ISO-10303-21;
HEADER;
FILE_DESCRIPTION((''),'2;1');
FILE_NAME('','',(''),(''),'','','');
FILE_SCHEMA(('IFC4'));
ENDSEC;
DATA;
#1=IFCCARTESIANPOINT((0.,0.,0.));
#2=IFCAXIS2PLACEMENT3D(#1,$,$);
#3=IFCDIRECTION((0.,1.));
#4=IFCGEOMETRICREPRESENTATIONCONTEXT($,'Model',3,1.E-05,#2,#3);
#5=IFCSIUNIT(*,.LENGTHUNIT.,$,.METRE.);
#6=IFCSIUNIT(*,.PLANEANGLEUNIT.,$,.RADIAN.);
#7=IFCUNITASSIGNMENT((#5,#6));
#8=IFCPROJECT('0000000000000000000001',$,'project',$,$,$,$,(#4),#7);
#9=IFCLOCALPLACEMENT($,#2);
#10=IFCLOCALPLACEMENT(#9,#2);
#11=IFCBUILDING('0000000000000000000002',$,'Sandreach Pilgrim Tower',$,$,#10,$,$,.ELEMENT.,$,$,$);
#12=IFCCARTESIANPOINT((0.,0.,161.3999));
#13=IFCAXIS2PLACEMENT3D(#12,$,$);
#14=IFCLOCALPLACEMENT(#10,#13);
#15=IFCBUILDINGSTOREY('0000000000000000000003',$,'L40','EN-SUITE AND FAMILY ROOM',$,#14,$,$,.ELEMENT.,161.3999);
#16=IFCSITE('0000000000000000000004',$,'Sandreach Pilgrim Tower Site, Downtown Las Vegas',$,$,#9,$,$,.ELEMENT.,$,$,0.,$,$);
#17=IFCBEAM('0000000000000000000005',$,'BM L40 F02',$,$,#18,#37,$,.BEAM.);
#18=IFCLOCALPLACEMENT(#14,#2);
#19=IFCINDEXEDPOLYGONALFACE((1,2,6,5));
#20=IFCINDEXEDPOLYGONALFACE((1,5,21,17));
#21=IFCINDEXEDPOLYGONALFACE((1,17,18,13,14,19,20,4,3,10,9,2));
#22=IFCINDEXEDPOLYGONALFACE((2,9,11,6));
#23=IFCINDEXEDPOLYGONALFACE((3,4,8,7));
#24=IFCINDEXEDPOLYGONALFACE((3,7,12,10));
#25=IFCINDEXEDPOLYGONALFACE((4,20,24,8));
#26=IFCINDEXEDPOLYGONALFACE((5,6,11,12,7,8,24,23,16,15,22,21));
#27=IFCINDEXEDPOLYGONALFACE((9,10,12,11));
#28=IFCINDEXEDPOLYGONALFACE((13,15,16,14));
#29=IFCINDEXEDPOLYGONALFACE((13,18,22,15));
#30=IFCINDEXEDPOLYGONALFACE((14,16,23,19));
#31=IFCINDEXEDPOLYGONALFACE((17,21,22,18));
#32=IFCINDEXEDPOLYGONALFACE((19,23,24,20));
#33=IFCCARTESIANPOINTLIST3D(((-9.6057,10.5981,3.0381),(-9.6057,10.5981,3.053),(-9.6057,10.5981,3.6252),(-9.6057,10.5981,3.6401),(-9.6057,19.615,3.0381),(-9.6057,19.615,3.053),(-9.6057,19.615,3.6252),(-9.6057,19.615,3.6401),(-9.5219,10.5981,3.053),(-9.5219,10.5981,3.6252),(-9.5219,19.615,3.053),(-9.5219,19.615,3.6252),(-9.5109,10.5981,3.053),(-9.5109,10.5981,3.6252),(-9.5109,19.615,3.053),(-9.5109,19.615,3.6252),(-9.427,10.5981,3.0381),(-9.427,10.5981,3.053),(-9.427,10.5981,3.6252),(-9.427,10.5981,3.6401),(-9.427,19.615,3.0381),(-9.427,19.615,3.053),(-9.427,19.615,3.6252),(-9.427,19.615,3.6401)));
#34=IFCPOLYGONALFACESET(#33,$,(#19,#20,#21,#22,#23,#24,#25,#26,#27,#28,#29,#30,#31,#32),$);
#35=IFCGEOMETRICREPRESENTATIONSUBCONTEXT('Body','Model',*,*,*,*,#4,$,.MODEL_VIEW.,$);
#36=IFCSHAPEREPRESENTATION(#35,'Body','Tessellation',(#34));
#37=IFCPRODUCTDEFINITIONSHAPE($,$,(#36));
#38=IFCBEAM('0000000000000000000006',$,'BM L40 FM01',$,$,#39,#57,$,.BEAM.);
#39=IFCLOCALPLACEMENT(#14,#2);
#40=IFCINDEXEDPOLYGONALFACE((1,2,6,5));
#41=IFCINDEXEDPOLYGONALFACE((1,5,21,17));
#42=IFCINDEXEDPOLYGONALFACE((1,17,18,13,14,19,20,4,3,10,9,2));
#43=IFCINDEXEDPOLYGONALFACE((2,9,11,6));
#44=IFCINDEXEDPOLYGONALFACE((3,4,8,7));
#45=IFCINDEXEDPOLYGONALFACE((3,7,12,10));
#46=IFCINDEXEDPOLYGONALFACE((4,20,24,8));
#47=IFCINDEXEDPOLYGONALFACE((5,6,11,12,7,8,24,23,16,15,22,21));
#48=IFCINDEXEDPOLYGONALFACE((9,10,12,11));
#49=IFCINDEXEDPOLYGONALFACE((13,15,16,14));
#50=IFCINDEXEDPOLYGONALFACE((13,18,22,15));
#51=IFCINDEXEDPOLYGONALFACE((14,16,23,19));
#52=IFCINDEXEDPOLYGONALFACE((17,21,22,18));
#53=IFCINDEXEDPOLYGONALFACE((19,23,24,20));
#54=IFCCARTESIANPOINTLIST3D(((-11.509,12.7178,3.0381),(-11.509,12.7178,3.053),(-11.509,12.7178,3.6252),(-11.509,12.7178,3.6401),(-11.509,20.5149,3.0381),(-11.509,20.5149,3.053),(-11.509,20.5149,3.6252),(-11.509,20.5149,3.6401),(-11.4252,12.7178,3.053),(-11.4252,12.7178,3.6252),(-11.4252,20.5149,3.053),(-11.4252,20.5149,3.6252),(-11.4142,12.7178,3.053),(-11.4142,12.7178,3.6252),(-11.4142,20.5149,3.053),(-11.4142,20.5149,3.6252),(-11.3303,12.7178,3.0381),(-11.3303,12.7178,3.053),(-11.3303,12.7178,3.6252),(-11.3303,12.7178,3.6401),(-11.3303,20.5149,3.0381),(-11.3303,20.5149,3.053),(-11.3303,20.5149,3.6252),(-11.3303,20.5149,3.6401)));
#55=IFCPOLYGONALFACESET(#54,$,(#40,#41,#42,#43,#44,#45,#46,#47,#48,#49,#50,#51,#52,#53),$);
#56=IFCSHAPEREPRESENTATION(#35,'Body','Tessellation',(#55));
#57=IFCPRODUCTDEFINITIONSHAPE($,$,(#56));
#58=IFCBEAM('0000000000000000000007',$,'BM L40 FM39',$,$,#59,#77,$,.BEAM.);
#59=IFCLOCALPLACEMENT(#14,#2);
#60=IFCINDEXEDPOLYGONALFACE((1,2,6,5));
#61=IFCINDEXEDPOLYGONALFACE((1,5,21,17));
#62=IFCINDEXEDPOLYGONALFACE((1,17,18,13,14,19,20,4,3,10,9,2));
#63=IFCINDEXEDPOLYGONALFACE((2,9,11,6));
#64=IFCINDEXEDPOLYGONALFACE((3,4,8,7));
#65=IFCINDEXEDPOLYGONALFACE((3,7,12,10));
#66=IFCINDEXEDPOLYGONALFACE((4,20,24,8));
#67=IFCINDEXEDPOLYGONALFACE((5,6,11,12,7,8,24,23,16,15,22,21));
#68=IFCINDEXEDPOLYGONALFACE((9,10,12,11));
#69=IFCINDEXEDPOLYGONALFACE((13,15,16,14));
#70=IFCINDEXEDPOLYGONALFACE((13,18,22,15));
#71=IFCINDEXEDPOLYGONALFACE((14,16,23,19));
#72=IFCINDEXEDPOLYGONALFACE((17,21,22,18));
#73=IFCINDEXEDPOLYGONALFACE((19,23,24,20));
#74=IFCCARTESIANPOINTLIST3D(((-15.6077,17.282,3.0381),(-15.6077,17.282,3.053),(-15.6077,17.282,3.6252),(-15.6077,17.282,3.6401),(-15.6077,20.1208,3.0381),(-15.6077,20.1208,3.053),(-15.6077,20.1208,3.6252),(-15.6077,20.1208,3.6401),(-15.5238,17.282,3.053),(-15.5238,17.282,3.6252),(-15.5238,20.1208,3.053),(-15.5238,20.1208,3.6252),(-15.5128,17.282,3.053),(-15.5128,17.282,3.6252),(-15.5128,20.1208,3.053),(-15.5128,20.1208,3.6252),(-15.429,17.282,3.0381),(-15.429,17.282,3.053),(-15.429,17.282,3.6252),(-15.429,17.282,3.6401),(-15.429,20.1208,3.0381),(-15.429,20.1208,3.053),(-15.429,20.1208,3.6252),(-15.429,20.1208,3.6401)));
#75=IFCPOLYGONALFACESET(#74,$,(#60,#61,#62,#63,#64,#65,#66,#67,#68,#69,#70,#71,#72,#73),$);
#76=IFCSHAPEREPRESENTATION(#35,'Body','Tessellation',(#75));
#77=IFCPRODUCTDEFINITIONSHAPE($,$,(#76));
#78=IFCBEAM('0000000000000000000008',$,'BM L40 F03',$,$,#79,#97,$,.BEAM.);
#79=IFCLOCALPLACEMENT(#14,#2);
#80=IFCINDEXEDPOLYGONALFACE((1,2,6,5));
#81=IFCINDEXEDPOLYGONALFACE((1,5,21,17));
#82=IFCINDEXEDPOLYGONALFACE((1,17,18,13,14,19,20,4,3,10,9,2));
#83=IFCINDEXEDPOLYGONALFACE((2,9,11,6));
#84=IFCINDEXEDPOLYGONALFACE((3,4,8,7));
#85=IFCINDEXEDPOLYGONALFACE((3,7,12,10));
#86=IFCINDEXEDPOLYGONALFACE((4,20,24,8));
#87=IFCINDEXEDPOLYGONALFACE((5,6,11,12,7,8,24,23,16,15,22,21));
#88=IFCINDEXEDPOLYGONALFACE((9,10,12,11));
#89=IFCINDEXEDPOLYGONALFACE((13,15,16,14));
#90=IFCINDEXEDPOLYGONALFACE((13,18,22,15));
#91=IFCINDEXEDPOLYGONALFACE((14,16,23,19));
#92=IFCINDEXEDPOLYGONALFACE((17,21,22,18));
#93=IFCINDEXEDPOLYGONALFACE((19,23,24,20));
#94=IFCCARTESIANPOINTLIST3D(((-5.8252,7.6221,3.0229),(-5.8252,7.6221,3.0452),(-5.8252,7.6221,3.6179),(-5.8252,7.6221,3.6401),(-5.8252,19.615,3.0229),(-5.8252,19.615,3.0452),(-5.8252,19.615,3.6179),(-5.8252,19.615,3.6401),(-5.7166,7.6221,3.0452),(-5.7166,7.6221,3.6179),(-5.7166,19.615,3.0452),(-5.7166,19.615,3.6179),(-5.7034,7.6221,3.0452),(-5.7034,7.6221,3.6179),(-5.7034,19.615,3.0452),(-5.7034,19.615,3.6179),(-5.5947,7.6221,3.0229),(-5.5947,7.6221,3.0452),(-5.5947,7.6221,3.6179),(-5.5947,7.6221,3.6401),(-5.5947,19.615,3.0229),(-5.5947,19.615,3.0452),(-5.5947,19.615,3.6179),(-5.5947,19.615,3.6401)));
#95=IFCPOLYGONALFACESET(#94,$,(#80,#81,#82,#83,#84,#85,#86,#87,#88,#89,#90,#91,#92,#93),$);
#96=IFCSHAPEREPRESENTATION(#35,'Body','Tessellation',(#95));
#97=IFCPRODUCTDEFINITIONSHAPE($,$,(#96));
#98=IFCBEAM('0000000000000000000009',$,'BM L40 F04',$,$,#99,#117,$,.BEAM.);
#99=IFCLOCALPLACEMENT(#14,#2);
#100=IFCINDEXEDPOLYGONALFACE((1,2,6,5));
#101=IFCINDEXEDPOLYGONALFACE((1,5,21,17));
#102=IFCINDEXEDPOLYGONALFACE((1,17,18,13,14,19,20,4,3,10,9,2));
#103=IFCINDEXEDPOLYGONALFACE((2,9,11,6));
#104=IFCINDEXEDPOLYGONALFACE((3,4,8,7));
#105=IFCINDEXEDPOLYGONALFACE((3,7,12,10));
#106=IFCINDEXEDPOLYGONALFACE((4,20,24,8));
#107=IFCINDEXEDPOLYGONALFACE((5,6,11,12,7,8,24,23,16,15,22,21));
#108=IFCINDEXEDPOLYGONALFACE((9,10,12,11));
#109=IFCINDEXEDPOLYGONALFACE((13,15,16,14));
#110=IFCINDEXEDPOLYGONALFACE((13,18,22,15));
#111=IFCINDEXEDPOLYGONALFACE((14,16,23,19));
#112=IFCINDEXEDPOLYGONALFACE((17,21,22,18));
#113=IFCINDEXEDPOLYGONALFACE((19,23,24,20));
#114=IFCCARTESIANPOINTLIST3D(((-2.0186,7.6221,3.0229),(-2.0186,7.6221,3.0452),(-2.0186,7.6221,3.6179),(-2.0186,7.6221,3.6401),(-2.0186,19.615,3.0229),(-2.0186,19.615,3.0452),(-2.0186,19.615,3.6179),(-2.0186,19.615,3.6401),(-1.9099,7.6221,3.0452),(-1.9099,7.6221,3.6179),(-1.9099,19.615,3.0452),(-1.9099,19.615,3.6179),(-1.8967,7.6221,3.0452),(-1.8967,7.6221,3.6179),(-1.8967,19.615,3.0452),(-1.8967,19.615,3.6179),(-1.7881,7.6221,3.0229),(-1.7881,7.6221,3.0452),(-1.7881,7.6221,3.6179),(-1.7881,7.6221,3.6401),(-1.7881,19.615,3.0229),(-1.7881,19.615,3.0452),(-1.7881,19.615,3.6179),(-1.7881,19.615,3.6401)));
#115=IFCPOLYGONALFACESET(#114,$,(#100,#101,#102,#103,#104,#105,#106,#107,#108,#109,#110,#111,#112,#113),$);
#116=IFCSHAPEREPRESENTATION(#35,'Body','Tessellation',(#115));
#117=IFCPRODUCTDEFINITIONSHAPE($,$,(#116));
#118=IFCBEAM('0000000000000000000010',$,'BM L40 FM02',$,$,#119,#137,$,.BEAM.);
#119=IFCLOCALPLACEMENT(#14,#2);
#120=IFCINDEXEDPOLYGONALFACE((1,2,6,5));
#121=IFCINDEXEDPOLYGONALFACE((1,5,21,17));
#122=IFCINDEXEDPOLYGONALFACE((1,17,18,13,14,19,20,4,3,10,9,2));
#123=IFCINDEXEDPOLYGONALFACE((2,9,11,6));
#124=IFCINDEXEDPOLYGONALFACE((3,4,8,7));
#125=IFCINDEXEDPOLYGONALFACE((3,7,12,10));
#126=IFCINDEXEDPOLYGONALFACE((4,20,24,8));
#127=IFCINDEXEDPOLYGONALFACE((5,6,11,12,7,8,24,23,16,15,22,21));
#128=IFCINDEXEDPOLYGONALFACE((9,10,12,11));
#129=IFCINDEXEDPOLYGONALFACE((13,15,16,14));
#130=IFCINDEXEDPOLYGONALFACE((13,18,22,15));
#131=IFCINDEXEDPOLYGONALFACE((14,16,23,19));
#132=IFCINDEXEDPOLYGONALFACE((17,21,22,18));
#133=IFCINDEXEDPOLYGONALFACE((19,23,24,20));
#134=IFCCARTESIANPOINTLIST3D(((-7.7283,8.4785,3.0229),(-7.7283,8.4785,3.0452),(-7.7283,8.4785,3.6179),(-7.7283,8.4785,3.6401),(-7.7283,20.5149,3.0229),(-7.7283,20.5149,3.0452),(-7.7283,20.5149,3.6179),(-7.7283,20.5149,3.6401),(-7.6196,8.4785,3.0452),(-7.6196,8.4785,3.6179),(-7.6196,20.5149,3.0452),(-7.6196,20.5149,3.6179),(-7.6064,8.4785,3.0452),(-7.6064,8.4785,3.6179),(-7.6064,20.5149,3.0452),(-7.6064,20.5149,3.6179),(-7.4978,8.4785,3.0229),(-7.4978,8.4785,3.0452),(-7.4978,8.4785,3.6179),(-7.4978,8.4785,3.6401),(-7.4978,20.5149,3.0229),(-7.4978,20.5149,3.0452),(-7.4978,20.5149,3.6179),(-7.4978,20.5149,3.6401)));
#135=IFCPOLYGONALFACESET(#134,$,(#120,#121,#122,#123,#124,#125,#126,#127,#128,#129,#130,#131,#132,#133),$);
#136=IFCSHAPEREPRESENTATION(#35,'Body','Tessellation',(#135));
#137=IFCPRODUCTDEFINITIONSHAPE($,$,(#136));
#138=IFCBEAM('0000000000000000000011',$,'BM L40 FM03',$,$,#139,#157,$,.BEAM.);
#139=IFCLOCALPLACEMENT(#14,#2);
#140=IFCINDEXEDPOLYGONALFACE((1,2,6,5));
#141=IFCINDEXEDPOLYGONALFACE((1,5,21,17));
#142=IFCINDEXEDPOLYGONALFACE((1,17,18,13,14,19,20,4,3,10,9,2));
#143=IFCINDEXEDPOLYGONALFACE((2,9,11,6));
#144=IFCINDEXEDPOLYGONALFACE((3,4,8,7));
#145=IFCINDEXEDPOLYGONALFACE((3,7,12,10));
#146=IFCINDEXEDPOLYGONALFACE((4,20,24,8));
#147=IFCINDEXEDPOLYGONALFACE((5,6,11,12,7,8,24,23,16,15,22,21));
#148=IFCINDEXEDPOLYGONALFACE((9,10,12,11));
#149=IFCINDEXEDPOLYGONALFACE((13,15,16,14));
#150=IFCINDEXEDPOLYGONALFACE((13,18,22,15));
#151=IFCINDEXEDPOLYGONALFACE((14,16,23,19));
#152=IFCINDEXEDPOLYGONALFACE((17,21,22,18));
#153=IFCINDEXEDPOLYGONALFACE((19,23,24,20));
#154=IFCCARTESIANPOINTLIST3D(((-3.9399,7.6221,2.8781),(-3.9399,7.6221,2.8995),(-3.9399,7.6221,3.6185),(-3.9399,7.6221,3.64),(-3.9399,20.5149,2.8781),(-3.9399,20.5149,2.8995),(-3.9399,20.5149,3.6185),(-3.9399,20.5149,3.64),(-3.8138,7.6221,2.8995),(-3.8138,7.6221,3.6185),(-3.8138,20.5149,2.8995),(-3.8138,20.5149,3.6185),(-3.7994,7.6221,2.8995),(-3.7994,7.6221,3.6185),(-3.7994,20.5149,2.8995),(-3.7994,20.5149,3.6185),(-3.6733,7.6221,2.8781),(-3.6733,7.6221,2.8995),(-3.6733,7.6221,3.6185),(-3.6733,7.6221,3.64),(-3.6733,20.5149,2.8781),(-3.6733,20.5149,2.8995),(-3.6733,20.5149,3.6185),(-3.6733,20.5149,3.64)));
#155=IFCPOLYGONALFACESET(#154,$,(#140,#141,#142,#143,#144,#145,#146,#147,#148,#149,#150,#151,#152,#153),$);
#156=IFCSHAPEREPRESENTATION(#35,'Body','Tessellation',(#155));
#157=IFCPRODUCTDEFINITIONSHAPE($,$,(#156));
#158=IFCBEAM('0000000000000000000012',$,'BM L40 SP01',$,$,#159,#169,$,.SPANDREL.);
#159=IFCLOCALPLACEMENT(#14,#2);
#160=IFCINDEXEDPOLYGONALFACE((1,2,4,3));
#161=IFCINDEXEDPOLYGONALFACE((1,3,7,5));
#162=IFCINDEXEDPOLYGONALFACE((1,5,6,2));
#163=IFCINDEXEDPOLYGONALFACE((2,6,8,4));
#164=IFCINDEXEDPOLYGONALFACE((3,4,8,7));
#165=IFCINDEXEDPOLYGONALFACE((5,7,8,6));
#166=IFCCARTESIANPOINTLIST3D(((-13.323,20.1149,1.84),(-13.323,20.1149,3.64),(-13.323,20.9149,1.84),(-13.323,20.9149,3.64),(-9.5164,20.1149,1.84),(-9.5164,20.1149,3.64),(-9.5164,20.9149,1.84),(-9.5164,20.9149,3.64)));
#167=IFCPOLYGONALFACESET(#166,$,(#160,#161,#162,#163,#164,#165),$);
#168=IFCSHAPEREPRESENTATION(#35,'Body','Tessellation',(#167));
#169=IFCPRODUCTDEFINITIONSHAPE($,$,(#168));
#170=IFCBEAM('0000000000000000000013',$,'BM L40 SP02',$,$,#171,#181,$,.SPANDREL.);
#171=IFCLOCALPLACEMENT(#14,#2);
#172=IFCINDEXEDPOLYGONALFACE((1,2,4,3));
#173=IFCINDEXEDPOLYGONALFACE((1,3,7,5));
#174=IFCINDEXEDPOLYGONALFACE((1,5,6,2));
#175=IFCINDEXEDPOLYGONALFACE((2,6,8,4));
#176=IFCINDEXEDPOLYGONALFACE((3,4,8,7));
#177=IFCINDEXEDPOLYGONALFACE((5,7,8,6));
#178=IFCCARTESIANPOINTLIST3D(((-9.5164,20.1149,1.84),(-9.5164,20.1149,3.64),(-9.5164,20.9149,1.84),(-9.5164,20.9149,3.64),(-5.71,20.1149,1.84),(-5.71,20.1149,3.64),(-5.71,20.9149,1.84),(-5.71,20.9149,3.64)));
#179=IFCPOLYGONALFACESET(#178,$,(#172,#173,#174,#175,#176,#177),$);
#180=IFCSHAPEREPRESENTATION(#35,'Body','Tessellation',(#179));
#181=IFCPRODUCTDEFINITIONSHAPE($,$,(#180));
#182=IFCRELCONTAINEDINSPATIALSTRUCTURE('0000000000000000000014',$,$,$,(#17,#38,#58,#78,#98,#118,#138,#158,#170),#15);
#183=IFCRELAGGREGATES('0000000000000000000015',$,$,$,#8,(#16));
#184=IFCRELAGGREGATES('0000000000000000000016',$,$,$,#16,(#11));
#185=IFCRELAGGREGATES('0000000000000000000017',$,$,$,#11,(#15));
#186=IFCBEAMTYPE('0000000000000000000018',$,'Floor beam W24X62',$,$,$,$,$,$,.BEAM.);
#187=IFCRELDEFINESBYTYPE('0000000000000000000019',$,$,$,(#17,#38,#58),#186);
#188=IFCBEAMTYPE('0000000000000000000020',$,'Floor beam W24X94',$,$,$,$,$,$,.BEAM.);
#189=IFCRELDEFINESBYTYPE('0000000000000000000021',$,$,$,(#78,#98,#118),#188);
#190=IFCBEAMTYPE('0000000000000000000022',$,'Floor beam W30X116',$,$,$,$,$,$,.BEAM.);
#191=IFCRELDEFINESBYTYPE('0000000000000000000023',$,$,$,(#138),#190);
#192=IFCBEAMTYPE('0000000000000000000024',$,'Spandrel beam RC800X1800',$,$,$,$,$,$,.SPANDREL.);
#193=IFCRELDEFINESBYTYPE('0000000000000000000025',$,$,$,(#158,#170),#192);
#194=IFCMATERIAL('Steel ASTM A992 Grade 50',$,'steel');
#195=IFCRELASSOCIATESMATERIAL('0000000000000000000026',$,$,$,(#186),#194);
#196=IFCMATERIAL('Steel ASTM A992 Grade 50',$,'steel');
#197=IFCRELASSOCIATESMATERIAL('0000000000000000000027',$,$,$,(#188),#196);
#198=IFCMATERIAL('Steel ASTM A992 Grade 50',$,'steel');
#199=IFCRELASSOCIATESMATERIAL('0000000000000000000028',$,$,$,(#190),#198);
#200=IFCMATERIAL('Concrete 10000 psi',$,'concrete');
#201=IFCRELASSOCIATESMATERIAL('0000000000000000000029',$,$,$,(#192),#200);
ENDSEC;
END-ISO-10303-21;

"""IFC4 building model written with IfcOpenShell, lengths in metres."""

from ifc_helpers import new_model, si_unit, direction, frame, origin, origin_2d, place, context, subcontext, project, spatial, rectangle, i_section, extrude, material, material_profile, profile_set, type_object, element, save


model = new_model("IFC4")

# Units and contexts
model_context = context("Model", 3, precision=1e-05, world=origin(), true_north=direction((0.0, 1.0)))
body_context = subcontext(model_context, "Body", "Model", "MODEL_VIEW")
ifc_project = project(units=[si_unit("LENGTHUNIT", "METRE"), si_unit("PLANEANGLEUNIT", "RADIAN")], contexts=[model_context])

# Site, building, storey
site_placement = place(None, origin())
site = spatial("IfcSite", under=ifc_project, at=site_placement, Name="Sandreach Pilgrim Tower Site, Downtown Las Vegas", CompositionType="ELEMENT", RefElevation=0.0)
building_placement = place(site_placement, origin())
building = spatial("IfcBuilding", under=site, at=building_placement, Name="Sandreach Pilgrim Tower", CompositionType="ELEMENT")
storey_placement = place(building_placement, frame((0.0, 0.0, 161.3999)))
storey = spatial("IfcBuildingStorey", under=building, at=storey_placement, Name="L40", Description="EN-SUITE AND FAMILY ROOM", CompositionType="ELEMENT", Elevation=161.3999)

# Beams
ifc_material_1 = material(Name="Steel ASTM A992 Grade 50", Category="steel")
ifc_material_profile_1 = material_profile(ifc_material_1, i_section(OverallWidth=0.1787, OverallDepth=0.6021, WebThickness=0.011, FlangeThickness=0.0149, at=origin_2d()), Name="W24X62")
ifc_profile_set_1 = profile_set([ifc_material_profile_1], Name="Steel ASTM A992 Grade 50")
beam_type_1 = type_object("IfcBeamType", Name="Floor beam W24X62", PredefinedType="BEAM", material=ifc_profile_set_1)
beam_1_placement = place(storey_placement, frame((-9.5164, 19.615, 3.3391), z_axis=(0.0, -1.0, 0.0), x_axis=(1.0, 0.0, 0.0)))
element("IfcBeam", 1, at=beam_1_placement, inside=storey, type_object=beam_type_1, Name="BM L40 F02", PredefinedType="BEAM", context=body_context, shape_type="SweptSolid", body=[
    extrude(i_section(OverallWidth=0.1787, OverallDepth=0.6021, WebThickness=0.011, FlangeThickness=0.0149, at=origin_2d()), origin(), (0.0, 0.0, 1.0), 9.0168),
])
beam_2_placement = place(storey_placement, frame((-11.4197, 20.5149, 3.3391), z_axis=(0.0, -1.0, 0.0), x_axis=(1.0, 0.0, 0.0)))
element("IfcBeam", 2, at=beam_2_placement, inside=storey, type_object=beam_type_1, Name="BM L40 FM01", PredefinedType="BEAM", context=body_context, shape_type="SweptSolid", body=[
    extrude(i_section(OverallWidth=0.1787, OverallDepth=0.6021, WebThickness=0.011, FlangeThickness=0.0149, at=origin_2d()), origin(), (0.0, 0.0, 1.0), 7.7971),
])
beam_3_placement = place(storey_placement, frame((-15.5183, 20.1208, 3.3391), z_axis=(0.0, -1.0, 0.0), x_axis=(1.0, 0.0, 0.0)))
element("IfcBeam", 3, at=beam_3_placement, inside=storey, type_object=beam_type_1, Name="BM L40 FM39", PredefinedType="BEAM", context=body_context, shape_type="SweptSolid", body=[
    extrude(i_section(OverallWidth=0.1787, OverallDepth=0.6021, WebThickness=0.011, FlangeThickness=0.0149, at=origin_2d()), origin(), (0.0, 0.0, 1.0), 2.8389),
])
ifc_material_2 = material(Name="Steel ASTM A992 Grade 50", Category="steel")
ifc_material_profile_2 = material_profile(ifc_material_2, i_section(OverallWidth=0.2305, OverallDepth=0.6172, WebThickness=0.0132, FlangeThickness=0.0222, at=origin_2d()), Name="W24X94")
ifc_profile_set_2 = profile_set([ifc_material_profile_2], Name="Steel ASTM A992 Grade 50")
beam_type_2 = type_object("IfcBeamType", Name="Floor beam W24X94", PredefinedType="BEAM", material=ifc_profile_set_2)
for number, where, z_axis, x_axis, name in (
    (4, (-5.71, 19.615, 3.3315), (0.0, -1.0, 0.0), (1.0, 0.0, 0.0), "BM L40 F03"),
    (5, (-1.9033, 19.615, 3.3315), (0.0, -1.0, 0.0), (1.0, 0.0, 0.0), "BM L40 F04"),
):
    element("IfcBeam", number, at=place(storey_placement, frame(where, z_axis=z_axis, x_axis=x_axis)), inside=storey, type_object=beam_type_2, Name=name, PredefinedType="BEAM", context=body_context, shape_type="SweptSolid", body=[
        extrude(i_section(OverallWidth=0.2305, OverallDepth=0.6172, WebThickness=0.0132, FlangeThickness=0.0222, at=origin_2d()), origin(), (0.0, 0.0, 1.0), 11.9929),
    ])
beam_4_placement = place(storey_placement, frame((-7.613, 20.5149, 3.3315), z_axis=(0.0, -1.0, 0.0), x_axis=(1.0, 0.0, 0.0)))
element("IfcBeam", 6, at=beam_4_placement, inside=storey, type_object=beam_type_2, Name="BM L40 FM02", PredefinedType="BEAM", context=body_context, shape_type="SweptSolid", body=[
    extrude(i_section(OverallWidth=0.2305, OverallDepth=0.6172, WebThickness=0.0132, FlangeThickness=0.0222, at=origin_2d()), origin(), (0.0, 0.0, 1.0), 12.0364),
])
ifc_material_3 = material(Name="Steel ASTM A992 Grade 50", Category="steel")
ifc_material_profile_3 = material_profile(ifc_material_3, i_section(OverallWidth=0.2666, OverallDepth=0.762, WebThickness=0.0144, FlangeThickness=0.0215, at=origin_2d()), Name="W30X116")
ifc_profile_set_3 = profile_set([ifc_material_profile_3], Name="Steel ASTM A992 Grade 50")
beam_type_3 = type_object("IfcBeamType", Name="Floor beam W30X116", PredefinedType="BEAM", material=ifc_profile_set_3)
beam_5_placement = place(storey_placement, frame((-3.8066, 20.5149, 3.259), z_axis=(0.0, -1.0, 0.0), x_axis=(1.0, 0.0, 0.0)))
element("IfcBeam", 7, at=beam_5_placement, inside=storey, type_object=beam_type_3, Name="BM L40 FM03", PredefinedType="BEAM", context=body_context, shape_type="SweptSolid", body=[
    extrude(i_section(OverallWidth=0.2666, OverallDepth=0.762, WebThickness=0.0144, FlangeThickness=0.0215, at=origin_2d()), origin(), (0.0, 0.0, 1.0), 12.8928),
])
ifc_material_4 = material(Name="Concrete 10000 psi", Category="concrete")
ifc_material_profile_4 = material_profile(ifc_material_4, rectangle(XDim=0.8, YDim=1.8, at=origin_2d()), Name="RC800X1800")
ifc_profile_set_4 = profile_set([ifc_material_profile_4], Name="Concrete 10000 psi")
beam_type_4 = type_object("IfcBeamType", Name="Spandrel beam RC800X1800", PredefinedType="SPANDREL", material=ifc_profile_set_4)
beam_6_placement = place(storey_placement, frame((-13.323, 20.5149, 2.74), z_axis=(1.0, 0.0, 0.0), x_axis=(0.0, 1.0, 0.0)))
element("IfcBeam", 8, at=beam_6_placement, inside=storey, type_object=beam_type_4, Name="BM L40 SP01", PredefinedType="SPANDREL", context=body_context, shape_type="SweptSolid", body=[
    extrude(rectangle(XDim=0.8, YDim=1.8, at=origin_2d()), origin(), (0.0, 0.0, 1.0), 3.8066),
])
beam_7_placement = place(storey_placement, frame((-9.5164, 20.5149, 2.74), z_axis=(1.0, 0.0, 0.0), x_axis=(0.0, 1.0, 0.0)))
element("IfcBeam", 9, at=beam_7_placement, inside=storey, type_object=beam_type_4, Name="BM L40 SP02", PredefinedType="SPANDREL", context=body_context, shape_type="SweptSolid", body=[
    extrude(rectangle(XDim=0.8, YDim=1.8, at=origin_2d()), origin(), (0.0, 0.0, 1.0), 3.8064),
])

save(model, "model.ifc")
